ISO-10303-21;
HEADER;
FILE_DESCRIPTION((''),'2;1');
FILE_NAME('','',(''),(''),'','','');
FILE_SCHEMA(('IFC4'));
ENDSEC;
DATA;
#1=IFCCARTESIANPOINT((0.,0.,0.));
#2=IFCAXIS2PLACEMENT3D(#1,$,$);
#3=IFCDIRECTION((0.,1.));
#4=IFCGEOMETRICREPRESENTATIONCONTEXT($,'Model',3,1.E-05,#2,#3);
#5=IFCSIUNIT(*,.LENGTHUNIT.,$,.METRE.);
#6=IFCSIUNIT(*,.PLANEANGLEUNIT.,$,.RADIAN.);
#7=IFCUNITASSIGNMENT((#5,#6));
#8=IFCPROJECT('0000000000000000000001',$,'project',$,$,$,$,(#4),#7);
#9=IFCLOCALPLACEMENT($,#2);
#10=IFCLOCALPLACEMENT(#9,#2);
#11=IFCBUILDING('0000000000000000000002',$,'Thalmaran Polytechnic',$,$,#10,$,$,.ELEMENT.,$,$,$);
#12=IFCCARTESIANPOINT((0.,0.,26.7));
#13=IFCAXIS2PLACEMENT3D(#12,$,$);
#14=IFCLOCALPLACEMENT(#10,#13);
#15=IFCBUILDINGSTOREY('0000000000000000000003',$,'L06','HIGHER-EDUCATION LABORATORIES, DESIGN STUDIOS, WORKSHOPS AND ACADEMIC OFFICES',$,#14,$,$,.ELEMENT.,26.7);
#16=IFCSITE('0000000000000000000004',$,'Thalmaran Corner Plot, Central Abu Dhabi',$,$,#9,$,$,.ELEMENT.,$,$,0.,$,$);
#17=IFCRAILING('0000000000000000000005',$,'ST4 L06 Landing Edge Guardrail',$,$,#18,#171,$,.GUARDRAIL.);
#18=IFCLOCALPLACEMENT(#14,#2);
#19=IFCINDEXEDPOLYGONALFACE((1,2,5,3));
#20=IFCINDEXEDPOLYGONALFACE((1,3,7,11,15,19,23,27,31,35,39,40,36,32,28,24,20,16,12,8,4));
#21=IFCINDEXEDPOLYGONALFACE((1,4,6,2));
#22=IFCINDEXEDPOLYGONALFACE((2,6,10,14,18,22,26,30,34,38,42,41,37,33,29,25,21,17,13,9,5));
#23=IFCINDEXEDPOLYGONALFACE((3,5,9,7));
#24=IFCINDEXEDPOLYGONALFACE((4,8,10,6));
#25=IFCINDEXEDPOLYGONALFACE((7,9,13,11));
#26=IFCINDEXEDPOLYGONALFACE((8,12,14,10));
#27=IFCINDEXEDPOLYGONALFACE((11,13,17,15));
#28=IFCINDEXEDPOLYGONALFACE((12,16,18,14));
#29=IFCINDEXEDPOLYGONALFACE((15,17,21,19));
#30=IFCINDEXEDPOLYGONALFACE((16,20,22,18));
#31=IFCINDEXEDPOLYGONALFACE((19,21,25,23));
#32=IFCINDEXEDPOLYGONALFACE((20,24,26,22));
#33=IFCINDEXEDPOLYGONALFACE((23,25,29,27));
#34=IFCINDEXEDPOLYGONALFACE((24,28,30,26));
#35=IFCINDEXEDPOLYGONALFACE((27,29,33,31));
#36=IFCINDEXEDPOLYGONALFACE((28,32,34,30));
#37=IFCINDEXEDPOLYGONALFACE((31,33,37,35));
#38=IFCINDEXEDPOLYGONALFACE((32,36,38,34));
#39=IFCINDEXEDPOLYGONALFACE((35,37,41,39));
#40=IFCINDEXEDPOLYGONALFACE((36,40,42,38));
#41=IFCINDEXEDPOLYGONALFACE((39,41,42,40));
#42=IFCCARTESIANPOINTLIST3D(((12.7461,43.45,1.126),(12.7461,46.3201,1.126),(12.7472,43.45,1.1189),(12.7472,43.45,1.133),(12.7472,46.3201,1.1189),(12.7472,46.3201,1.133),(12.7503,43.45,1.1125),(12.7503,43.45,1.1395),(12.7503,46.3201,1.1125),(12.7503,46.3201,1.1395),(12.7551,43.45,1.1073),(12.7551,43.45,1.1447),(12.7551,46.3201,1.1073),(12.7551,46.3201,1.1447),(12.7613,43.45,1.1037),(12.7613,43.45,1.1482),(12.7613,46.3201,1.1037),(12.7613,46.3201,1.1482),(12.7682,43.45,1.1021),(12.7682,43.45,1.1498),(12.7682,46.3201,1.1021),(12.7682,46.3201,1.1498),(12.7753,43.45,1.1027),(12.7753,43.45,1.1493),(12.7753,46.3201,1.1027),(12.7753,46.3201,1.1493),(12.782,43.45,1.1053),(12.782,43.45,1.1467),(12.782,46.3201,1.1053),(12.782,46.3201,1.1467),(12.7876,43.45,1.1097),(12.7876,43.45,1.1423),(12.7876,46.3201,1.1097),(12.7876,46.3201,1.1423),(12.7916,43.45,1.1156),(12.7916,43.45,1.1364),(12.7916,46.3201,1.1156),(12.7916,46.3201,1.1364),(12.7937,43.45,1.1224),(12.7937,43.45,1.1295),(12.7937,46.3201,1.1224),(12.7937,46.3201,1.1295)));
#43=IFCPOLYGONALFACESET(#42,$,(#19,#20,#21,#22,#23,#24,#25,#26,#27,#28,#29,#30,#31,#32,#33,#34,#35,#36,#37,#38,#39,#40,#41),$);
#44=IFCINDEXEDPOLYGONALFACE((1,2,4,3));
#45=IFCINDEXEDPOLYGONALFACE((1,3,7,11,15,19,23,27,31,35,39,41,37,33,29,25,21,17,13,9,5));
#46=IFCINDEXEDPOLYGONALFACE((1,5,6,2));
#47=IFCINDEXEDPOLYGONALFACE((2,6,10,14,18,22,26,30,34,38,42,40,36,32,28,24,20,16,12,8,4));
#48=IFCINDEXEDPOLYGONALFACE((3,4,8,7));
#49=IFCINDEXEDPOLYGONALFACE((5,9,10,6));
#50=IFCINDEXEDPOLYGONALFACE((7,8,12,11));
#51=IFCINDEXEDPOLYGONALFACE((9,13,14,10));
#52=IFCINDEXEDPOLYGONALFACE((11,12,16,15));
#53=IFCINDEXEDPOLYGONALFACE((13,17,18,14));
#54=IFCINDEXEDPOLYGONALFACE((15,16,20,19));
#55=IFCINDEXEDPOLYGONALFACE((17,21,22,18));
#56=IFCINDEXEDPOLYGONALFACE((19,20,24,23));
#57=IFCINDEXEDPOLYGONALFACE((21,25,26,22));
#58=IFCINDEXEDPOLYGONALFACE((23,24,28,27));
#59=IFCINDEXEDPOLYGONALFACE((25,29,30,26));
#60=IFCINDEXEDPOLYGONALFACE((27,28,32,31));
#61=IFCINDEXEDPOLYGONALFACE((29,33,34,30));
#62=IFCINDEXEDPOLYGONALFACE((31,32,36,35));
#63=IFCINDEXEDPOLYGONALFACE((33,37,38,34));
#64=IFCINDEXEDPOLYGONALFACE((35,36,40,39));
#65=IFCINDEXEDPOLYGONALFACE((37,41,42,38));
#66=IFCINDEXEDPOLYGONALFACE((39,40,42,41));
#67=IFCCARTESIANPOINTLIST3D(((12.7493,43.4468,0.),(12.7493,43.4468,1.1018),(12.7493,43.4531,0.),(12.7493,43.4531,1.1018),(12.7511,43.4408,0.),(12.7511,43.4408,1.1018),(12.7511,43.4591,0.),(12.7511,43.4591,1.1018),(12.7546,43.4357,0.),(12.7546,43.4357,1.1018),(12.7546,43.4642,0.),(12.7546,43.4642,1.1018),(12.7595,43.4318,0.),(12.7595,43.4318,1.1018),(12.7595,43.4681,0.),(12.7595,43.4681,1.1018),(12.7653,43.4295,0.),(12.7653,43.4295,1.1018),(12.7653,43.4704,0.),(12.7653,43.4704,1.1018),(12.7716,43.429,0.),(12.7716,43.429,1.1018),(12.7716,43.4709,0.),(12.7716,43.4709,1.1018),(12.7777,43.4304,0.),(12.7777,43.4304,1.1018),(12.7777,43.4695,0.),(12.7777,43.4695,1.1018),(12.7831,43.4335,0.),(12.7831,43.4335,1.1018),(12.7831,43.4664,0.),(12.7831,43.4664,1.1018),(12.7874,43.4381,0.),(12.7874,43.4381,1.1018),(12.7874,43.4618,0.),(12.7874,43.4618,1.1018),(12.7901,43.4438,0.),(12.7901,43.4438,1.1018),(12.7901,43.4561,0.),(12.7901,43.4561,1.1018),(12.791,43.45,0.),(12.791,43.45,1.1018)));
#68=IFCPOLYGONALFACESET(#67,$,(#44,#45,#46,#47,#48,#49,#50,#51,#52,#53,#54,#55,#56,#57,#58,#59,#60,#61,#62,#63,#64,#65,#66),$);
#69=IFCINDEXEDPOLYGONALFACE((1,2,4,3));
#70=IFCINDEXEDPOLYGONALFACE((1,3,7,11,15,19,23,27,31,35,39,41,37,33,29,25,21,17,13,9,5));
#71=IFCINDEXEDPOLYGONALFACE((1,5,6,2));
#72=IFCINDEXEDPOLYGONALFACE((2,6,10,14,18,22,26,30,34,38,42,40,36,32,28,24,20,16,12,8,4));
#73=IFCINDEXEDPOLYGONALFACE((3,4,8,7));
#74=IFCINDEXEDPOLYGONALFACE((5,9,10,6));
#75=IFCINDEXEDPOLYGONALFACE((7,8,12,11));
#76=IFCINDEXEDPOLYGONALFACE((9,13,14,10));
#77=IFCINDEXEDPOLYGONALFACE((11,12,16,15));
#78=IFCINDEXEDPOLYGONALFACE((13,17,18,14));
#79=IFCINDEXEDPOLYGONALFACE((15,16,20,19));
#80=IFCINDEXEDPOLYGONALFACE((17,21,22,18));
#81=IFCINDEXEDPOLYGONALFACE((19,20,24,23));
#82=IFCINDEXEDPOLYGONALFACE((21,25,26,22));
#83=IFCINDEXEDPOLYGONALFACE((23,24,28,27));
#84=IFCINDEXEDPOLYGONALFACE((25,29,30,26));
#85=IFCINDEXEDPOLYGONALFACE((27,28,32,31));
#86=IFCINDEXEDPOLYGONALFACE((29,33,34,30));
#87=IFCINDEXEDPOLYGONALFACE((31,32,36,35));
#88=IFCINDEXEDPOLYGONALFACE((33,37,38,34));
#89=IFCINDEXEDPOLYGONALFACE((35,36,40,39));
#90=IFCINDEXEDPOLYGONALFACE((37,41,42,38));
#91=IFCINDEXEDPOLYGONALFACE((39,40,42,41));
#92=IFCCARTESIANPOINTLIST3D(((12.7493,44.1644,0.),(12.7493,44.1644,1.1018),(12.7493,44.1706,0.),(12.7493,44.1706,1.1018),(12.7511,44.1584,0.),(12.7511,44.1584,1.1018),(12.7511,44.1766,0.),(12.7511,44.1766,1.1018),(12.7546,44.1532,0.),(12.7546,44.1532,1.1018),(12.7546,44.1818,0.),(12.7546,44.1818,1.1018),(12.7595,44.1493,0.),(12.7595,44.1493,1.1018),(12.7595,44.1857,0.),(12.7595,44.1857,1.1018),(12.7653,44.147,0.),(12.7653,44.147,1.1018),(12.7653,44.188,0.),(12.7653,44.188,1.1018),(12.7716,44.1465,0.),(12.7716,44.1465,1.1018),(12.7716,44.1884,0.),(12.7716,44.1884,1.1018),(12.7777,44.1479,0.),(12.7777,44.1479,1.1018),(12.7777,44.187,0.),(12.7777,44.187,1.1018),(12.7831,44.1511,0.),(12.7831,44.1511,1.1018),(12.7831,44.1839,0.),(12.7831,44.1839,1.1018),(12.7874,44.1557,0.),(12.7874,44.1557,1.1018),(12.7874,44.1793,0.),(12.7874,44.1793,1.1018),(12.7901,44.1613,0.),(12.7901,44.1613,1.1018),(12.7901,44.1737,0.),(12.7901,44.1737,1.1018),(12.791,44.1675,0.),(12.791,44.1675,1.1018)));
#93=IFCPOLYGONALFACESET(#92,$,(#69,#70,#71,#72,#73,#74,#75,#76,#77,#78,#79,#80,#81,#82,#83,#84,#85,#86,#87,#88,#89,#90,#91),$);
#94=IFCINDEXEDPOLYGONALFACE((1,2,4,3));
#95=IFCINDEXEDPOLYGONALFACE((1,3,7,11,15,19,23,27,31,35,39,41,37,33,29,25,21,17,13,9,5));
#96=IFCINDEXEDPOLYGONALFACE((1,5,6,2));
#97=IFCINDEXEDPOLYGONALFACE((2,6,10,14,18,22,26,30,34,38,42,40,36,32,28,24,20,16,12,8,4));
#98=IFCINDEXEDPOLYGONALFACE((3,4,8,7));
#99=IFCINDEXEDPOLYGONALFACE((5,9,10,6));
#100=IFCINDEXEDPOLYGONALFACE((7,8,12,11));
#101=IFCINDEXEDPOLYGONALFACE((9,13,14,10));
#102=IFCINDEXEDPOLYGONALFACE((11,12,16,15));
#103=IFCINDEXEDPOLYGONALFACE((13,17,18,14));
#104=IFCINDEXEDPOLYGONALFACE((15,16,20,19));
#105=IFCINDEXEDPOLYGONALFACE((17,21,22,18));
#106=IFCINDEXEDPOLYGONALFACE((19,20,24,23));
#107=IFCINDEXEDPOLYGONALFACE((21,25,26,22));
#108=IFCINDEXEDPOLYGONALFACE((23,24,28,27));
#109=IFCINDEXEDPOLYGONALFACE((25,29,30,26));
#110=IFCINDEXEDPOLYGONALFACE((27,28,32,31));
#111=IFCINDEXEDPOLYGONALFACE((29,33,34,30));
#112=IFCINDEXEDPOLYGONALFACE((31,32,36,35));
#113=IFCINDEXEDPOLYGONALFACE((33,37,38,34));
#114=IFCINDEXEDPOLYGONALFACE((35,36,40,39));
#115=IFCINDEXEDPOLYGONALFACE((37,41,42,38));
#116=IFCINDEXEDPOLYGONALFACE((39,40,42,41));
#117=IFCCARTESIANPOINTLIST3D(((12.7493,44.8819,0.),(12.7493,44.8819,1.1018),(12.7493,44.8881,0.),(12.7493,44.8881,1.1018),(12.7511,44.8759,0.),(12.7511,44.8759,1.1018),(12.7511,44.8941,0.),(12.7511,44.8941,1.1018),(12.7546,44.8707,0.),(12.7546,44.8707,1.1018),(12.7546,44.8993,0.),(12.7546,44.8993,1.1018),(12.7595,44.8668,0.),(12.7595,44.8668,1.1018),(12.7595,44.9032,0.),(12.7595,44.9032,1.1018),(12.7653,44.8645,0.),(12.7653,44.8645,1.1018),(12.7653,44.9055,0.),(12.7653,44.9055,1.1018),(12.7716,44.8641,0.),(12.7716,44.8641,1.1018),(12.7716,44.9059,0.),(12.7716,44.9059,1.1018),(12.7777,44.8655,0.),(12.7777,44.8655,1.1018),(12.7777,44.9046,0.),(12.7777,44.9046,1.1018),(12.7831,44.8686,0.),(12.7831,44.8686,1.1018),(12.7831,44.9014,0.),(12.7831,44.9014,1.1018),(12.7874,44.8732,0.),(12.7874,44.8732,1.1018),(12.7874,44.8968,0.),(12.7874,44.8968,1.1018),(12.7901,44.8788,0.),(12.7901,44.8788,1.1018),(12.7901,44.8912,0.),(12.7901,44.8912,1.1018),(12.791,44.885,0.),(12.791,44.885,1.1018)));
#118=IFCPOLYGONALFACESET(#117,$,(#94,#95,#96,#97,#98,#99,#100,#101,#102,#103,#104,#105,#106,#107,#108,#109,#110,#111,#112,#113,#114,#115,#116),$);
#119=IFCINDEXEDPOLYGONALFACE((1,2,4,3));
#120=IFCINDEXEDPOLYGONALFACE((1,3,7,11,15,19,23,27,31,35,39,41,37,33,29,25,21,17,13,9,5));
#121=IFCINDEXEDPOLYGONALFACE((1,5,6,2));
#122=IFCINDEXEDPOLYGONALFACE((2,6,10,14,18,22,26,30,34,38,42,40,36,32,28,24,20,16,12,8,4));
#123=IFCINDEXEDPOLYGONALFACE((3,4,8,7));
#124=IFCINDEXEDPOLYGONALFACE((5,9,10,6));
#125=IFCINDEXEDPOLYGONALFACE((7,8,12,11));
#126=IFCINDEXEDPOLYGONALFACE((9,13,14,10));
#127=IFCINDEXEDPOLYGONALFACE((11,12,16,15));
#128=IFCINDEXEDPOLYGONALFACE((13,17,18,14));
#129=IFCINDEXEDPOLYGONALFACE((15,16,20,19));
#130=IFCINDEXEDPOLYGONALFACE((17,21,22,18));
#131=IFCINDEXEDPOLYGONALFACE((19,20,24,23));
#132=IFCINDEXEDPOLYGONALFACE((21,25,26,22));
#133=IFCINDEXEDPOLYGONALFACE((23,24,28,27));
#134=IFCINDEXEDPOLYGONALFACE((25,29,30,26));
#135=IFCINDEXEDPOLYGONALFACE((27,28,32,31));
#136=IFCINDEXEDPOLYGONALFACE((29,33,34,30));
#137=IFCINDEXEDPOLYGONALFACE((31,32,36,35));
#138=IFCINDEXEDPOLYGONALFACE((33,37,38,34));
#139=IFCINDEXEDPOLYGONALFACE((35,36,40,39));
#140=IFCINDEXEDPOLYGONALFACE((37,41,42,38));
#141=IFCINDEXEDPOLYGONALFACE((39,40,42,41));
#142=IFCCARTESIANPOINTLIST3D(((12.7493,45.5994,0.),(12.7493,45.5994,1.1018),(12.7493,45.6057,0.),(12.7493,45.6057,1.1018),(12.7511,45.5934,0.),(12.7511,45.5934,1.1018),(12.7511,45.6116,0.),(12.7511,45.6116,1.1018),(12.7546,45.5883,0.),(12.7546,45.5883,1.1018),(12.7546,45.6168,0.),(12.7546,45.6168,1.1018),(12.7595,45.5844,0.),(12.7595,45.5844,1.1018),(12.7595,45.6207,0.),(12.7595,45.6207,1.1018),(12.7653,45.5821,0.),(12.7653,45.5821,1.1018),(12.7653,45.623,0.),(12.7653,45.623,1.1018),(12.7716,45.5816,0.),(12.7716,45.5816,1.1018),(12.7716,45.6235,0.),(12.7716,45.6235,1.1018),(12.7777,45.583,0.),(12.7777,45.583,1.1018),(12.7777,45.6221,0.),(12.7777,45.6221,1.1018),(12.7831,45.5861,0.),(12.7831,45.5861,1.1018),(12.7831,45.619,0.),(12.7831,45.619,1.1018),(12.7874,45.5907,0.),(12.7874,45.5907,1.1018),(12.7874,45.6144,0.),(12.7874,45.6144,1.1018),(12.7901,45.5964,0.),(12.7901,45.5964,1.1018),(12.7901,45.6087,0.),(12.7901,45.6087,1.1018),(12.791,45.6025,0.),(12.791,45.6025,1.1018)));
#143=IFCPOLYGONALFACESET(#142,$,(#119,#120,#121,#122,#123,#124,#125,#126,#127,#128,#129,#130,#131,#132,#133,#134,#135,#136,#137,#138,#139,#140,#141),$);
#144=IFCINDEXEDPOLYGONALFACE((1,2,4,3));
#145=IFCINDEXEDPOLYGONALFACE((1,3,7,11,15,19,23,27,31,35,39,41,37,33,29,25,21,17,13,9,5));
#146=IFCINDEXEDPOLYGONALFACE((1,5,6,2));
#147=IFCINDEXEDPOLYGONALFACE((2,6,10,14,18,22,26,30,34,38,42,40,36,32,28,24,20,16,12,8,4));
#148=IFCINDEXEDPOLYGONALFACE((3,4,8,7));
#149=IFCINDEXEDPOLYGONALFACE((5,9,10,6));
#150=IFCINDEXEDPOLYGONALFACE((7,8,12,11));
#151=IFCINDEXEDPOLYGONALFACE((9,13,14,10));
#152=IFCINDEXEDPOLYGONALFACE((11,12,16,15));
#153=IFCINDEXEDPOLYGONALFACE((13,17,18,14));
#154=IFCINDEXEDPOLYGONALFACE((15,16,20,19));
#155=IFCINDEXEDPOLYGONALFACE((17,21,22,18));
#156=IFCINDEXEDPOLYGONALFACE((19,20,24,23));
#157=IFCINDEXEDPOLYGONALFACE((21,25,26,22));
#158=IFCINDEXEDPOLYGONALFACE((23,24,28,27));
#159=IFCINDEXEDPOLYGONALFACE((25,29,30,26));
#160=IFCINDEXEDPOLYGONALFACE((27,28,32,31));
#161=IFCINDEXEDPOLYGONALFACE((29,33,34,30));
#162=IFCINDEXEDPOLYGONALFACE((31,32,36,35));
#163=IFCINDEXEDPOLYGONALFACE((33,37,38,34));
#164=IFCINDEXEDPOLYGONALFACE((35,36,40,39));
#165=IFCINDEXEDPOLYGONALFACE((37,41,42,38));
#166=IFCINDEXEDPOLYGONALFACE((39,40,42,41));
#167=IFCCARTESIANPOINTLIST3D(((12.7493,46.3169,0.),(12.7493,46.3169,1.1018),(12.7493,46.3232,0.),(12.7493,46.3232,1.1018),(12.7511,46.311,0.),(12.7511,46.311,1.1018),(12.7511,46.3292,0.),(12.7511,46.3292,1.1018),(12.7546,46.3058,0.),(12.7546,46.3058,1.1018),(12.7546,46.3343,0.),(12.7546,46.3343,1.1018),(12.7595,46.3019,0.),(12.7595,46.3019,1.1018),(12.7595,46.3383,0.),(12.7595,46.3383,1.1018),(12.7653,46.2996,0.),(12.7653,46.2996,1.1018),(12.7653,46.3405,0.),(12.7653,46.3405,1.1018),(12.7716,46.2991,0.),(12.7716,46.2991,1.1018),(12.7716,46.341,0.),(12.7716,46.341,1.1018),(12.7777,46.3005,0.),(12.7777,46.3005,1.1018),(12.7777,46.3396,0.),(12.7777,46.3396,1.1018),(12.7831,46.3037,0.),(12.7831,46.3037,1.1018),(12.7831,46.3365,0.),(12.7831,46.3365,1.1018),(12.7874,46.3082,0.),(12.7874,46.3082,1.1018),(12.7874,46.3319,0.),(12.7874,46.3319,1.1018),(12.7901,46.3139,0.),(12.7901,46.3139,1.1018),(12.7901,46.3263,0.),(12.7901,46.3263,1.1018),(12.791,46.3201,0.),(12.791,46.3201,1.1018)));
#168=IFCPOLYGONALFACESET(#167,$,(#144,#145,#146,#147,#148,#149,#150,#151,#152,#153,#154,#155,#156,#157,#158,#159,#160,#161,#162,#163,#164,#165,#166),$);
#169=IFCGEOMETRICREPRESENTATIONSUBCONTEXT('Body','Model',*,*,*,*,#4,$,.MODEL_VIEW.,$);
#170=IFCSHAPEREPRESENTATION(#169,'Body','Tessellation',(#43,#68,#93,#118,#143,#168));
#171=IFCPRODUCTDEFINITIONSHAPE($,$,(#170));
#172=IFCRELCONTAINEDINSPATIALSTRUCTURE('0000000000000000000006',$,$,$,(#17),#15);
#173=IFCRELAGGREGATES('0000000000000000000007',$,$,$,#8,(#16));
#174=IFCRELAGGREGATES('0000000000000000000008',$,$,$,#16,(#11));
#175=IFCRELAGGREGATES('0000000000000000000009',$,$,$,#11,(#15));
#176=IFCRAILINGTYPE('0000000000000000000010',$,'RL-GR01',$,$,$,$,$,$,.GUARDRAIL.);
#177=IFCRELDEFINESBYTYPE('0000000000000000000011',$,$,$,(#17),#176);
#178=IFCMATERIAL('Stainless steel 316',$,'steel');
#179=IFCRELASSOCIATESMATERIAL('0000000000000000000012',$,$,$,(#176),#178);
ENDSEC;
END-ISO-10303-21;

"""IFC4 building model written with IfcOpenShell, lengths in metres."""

from ifc_helpers import new_model, si_unit, direction, frame, origin, origin_2d, place, context, subcontext, project, spatial, circle, extrude, material, type_object, element, save


model = new_model("IFC4")

# Units and contexts
model_context = context("Model", 3, precision=1e-05, world=origin(), true_north=direction((0.0, 1.0)))
body_context = subcontext(model_context, "Body", "Model", "MODEL_VIEW")
ifc_project = project(units=[si_unit("LENGTHUNIT", "METRE"), si_unit("PLANEANGLEUNIT", "RADIAN")], contexts=[model_context])

# Site, building, storey
site_placement = place(None, origin())
site = spatial("IfcSite", under=ifc_project, at=site_placement, Name="Thalmaran Corner Plot, Central Abu Dhabi", CompositionType="ELEMENT", RefElevation=0.0)
building_placement = place(site_placement, origin())
building = spatial("IfcBuilding", under=site, at=building_placement, Name="Thalmaran Polytechnic", CompositionType="ELEMENT")
storey_placement = place(building_placement, frame((0.0, 0.0, 26.7)))
storey = spatial("IfcBuildingStorey", under=building, at=storey_placement, Name="L06", Description="HIGHER-EDUCATION LABORATORIES, DESIGN STUDIOS, WORKSHOPS AND ACADEMIC OFFICES", CompositionType="ELEMENT", Elevation=26.7)

# Railing
ifc_material_1 = material(Name="Stainless steel 316", Category="steel")
railing_type = type_object("IfcRailingType", Name="RL-GR01", PredefinedType="GUARDRAIL", material=ifc_material_1)
railing_placement = place(storey_placement, frame((12.77, 43.45, 0.0)))
element("IfcRailing", 1, at=railing_placement, inside=storey, type_object=railing_type, Name="ST4 L06 Landing Edge Guardrail", PredefinedType="GUARDRAIL", context=body_context, shape_type="SweptSolid", body=[
    extrude(circle(Radius=0.0239, at=origin_2d()), frame((0.0, 0.0, 1.126), z_axis=(0.0, 1.0, 0.0), x_axis=(-1.0, 0.0, 0.0)), (0.0, 0.0, 1.0), 2.8701),
    extrude(circle(Radius=0.021, at=origin_2d()), origin(), (0.0, 0.0, 1.0), 1.1018),
    extrude(circle(Radius=0.021, at=origin_2d()), frame((0.0, 0.7175, 0.0)), (0.0, 0.0, 1.0), 1.1018),
    extrude(circle(Radius=0.021, at=origin_2d()), frame((0.0, 1.4351, 0.0)), (0.0, 0.0, 1.0), 1.1018),
    extrude(circle(Radius=0.021, at=origin_2d()), frame((0.0, 2.1526, 0.0)), (0.0, 0.0, 1.0), 1.1018),
    extrude(circle(Radius=0.021, at=origin_2d()), frame((0.0, 2.8701, 0.0)), (0.0, 0.0, 1.0), 1.1018),
])

save(model, "model.ifc")
